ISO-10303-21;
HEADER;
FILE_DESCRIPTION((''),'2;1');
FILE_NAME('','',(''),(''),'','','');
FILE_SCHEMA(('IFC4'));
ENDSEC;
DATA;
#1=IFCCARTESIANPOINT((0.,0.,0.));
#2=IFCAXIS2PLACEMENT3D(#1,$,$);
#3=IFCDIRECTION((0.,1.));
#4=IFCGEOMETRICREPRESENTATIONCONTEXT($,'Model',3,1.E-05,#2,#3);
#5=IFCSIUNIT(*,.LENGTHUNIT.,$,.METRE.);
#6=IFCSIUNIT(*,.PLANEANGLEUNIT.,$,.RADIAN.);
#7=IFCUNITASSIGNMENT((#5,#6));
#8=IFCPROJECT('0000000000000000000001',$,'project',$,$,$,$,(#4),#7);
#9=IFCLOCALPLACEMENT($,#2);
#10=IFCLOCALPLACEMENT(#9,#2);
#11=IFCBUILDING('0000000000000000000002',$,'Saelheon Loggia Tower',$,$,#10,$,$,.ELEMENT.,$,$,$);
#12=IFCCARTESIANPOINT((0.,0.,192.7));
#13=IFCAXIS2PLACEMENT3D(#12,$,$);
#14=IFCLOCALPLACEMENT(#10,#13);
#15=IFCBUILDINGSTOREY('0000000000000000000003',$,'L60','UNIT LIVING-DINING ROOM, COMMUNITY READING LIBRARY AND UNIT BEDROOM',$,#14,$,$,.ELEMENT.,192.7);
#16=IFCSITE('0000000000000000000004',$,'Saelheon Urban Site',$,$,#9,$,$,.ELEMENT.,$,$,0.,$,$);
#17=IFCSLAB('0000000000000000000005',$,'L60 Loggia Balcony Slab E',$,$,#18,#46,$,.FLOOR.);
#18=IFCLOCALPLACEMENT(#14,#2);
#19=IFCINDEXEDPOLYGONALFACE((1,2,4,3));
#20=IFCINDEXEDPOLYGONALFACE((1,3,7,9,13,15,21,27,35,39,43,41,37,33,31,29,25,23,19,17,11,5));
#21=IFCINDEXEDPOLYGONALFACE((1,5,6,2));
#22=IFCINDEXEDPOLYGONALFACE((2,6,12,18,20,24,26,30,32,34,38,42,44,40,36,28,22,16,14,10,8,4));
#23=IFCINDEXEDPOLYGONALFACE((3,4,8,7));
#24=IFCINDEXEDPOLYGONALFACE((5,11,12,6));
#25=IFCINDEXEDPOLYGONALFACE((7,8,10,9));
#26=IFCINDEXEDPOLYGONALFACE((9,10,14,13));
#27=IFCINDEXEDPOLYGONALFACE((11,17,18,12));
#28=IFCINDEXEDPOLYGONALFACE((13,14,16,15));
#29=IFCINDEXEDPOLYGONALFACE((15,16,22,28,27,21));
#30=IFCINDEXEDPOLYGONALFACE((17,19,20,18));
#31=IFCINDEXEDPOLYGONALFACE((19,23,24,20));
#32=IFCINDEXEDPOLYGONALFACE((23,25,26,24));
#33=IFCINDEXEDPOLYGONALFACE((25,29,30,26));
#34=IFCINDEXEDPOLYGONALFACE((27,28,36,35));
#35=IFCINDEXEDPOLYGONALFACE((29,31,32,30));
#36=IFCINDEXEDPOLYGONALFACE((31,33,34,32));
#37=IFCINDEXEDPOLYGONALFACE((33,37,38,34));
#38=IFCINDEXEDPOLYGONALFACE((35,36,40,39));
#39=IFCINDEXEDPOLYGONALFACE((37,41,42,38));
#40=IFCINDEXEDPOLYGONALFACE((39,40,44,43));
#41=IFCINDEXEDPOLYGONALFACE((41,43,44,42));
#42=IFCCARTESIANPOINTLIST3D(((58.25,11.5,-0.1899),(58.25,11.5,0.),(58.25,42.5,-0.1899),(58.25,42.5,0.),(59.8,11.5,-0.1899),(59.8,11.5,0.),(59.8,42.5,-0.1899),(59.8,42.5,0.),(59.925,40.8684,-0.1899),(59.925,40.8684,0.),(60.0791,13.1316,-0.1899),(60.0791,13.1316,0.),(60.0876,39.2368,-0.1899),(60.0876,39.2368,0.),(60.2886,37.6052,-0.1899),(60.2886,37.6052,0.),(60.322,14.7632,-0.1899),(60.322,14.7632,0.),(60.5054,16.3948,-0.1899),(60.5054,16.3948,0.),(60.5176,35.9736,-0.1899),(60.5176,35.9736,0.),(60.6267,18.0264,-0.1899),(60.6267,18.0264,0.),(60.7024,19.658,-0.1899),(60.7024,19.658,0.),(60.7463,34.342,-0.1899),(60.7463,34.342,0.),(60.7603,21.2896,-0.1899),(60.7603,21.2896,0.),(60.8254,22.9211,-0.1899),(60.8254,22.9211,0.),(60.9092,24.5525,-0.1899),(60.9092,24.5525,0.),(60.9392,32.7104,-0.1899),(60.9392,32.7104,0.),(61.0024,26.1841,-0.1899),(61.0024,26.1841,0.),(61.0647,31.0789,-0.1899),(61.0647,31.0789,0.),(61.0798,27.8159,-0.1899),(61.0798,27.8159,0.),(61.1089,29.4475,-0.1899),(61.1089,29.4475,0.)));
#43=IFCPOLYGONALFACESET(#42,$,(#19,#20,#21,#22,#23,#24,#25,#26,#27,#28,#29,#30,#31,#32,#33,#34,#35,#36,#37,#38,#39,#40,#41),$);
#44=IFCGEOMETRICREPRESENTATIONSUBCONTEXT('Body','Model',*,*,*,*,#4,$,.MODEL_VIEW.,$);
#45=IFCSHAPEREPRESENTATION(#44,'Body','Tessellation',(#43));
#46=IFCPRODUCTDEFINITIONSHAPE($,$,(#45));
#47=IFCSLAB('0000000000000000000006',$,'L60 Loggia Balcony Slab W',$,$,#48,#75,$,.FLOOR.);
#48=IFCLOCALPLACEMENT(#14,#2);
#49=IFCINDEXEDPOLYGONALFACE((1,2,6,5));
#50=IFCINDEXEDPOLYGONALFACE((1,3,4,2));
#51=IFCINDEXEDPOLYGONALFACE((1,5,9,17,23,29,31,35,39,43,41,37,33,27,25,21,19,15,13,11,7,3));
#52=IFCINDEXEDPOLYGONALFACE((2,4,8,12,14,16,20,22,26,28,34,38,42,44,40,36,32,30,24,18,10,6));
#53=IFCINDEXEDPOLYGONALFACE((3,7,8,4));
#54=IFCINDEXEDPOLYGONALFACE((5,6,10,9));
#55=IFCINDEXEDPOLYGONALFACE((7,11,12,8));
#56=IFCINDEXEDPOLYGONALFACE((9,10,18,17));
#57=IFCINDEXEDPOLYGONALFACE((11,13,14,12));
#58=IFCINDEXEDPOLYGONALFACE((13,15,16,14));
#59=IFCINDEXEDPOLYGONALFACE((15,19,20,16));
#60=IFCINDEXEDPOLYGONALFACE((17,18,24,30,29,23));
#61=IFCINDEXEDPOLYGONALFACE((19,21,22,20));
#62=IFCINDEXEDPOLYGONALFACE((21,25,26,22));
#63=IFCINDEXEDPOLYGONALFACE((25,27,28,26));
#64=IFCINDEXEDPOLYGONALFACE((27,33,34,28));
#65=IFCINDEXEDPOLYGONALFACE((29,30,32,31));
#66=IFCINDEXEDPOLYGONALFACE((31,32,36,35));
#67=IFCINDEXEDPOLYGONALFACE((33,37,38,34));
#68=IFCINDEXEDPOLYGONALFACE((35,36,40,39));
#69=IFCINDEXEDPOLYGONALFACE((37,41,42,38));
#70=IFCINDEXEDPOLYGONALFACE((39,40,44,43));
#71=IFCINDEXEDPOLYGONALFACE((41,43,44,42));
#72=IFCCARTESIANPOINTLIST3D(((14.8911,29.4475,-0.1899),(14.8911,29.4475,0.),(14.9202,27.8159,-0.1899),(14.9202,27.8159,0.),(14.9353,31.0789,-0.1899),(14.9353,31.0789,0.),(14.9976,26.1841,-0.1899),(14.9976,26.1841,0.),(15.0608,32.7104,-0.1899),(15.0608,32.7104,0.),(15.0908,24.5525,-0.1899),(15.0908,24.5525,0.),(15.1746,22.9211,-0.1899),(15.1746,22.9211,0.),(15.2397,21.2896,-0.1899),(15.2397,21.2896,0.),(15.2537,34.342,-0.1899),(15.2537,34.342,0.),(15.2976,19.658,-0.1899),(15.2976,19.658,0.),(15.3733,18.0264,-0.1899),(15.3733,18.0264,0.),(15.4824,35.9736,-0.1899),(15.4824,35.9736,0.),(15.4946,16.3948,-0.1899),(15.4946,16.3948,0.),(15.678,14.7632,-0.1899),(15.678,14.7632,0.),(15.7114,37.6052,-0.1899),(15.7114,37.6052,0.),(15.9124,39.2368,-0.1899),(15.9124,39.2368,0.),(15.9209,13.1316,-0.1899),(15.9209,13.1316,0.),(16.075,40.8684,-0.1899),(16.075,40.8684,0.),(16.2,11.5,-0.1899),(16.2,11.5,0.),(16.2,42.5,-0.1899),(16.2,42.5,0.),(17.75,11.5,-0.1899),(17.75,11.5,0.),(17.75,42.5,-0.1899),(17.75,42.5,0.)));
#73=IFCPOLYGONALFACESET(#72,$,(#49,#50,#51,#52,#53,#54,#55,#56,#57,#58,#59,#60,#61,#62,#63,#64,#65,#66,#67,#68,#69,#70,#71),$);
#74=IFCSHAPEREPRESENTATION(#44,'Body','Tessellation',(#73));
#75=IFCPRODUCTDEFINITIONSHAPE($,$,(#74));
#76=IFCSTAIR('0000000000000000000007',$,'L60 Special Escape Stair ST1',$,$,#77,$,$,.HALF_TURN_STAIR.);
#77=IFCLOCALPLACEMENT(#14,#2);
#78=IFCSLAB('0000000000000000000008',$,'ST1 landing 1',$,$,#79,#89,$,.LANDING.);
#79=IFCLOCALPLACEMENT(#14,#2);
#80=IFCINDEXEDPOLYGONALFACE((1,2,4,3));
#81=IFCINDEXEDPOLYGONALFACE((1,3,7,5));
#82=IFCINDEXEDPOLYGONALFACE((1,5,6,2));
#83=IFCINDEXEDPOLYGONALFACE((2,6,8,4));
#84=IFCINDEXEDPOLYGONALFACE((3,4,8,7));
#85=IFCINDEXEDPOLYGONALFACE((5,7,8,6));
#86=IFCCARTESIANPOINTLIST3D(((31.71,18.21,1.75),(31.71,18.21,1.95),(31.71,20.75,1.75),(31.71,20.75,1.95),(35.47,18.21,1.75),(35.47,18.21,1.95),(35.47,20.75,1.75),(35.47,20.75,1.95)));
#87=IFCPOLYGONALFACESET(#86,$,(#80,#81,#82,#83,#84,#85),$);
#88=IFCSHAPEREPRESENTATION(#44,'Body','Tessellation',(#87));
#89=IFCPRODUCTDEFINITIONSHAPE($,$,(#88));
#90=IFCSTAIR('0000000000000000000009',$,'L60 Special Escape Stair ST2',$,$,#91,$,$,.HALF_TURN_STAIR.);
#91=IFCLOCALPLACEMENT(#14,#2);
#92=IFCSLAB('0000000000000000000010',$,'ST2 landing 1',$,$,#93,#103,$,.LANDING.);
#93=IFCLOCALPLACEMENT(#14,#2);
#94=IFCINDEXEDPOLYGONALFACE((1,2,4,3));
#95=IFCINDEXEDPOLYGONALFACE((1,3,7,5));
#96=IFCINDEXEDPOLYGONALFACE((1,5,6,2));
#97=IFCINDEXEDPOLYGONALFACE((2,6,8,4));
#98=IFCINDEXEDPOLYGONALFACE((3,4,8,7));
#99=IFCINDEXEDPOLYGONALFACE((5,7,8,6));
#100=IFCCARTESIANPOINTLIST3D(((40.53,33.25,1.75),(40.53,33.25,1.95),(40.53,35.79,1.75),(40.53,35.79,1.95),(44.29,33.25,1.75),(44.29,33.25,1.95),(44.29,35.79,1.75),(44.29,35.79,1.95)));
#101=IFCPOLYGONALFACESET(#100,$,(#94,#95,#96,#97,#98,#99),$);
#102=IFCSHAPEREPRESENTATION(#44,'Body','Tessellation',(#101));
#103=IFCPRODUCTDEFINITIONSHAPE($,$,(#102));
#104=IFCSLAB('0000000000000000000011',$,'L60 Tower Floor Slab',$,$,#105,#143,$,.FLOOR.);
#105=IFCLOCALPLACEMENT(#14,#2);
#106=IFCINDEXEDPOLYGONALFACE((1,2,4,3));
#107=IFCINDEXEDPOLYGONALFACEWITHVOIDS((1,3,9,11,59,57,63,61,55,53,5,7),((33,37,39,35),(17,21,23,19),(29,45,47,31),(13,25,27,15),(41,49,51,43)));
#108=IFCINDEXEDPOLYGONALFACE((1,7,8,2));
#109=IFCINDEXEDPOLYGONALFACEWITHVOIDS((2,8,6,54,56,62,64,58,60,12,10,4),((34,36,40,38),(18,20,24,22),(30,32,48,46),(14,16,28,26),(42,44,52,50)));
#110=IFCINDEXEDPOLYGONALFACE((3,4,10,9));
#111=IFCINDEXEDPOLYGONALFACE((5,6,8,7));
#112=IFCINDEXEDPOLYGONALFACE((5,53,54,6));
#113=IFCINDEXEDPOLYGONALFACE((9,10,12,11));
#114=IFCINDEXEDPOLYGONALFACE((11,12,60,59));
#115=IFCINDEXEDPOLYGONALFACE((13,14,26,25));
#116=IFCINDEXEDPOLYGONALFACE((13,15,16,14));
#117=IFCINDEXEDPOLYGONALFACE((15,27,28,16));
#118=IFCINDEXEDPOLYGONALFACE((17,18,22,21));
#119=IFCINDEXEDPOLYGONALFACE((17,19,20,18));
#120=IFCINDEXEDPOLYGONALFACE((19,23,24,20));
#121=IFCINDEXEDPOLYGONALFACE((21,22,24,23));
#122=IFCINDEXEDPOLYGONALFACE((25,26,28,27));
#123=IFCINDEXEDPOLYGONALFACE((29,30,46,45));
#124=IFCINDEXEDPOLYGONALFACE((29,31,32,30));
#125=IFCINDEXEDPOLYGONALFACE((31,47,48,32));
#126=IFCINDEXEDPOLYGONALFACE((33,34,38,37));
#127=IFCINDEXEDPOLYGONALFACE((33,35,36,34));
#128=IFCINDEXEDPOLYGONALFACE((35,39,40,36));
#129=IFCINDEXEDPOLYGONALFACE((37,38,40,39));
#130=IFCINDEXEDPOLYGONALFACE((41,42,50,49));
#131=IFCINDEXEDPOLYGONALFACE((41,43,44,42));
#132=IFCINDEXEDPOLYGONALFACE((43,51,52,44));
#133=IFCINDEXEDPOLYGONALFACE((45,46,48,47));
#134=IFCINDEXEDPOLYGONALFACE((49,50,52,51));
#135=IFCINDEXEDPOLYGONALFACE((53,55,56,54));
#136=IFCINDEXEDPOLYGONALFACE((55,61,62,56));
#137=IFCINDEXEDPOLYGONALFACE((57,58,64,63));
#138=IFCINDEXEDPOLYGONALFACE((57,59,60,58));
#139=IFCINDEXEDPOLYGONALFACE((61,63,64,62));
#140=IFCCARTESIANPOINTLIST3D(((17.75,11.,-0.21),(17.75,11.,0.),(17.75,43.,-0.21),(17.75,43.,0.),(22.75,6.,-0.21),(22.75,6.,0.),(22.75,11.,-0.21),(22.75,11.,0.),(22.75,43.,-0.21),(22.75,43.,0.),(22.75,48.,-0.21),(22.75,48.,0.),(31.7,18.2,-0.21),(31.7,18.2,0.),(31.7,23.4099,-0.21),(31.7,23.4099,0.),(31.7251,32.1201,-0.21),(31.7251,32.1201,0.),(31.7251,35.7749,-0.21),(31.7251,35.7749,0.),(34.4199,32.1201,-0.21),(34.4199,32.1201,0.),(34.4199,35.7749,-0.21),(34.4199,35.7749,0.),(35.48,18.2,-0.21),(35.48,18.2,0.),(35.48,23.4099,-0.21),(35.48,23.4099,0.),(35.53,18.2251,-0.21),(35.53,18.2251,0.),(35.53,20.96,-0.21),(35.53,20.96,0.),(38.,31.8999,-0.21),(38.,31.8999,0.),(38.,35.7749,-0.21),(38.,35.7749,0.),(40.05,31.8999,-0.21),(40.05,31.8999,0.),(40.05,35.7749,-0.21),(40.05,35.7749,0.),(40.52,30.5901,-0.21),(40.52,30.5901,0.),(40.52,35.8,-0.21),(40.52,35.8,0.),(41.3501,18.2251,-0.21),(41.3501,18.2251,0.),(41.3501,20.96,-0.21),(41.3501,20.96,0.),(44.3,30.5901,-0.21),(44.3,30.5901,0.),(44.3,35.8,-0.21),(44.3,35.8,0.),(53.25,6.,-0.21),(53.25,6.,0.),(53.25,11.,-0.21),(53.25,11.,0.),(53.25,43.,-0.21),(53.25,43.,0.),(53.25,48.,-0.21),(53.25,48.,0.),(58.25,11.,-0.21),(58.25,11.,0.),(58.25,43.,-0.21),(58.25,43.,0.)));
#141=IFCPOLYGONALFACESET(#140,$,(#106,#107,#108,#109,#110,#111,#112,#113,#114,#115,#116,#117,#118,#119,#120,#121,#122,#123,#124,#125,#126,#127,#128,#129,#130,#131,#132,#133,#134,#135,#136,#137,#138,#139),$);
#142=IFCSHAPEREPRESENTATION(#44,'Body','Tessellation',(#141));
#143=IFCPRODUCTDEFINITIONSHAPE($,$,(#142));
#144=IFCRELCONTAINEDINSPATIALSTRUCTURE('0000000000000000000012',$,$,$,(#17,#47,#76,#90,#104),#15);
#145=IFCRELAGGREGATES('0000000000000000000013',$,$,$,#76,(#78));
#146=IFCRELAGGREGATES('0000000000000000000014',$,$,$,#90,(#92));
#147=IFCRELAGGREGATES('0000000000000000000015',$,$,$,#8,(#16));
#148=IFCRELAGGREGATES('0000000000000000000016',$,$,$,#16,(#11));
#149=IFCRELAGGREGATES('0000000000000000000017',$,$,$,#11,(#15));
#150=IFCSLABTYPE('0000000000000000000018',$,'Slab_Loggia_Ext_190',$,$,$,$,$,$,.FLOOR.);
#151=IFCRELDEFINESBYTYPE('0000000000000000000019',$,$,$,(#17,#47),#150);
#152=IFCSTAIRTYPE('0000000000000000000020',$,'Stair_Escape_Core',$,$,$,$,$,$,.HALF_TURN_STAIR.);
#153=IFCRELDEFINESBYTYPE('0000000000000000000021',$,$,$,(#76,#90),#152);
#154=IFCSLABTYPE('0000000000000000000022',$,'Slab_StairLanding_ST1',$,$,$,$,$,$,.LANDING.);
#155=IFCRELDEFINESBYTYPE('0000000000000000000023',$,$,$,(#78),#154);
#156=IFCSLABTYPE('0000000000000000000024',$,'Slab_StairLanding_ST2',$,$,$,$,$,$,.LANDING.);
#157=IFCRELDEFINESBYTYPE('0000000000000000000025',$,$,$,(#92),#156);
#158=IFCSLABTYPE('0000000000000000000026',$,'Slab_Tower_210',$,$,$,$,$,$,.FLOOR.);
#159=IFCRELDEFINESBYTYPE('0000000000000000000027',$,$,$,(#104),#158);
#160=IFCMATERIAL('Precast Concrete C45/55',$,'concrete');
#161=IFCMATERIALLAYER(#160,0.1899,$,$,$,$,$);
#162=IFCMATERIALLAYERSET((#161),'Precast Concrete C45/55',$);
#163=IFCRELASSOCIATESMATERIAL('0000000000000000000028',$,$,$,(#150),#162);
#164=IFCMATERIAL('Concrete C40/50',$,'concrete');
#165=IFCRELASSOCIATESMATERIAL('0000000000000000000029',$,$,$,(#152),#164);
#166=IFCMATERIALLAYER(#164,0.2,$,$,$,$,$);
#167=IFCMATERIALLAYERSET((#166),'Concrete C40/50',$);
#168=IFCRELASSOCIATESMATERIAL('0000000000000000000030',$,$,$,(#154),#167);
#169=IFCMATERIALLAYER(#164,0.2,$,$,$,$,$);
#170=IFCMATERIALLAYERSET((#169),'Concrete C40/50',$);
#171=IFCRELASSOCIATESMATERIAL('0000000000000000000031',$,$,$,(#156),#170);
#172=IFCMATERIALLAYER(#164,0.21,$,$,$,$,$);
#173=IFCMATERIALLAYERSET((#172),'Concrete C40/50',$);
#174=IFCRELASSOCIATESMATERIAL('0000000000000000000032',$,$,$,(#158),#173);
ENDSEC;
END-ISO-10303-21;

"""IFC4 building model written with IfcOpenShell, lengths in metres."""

from ifc_helpers import new_model, si_unit, direction, frame, origin, place, context, subcontext, project, spatial, polyline, outline, extrude, material, layer, layer_set, type_object, element, aggregate, save


model = new_model("IFC4")

# Units and contexts
model_context = context("Model", 3, precision=1e-05, world=origin(), true_north=direction((0.0, 1.0)))
body_context = subcontext(model_context, "Body", "Model", "MODEL_VIEW")
ifc_project = project(units=[si_unit("LENGTHUNIT", "METRE"), si_unit("PLANEANGLEUNIT", "RADIAN")], contexts=[model_context])

# Site, building, storey
site_placement = place(None, origin())
site = spatial("IfcSite", under=ifc_project, at=site_placement, Name="Saelheon Urban Site", CompositionType="ELEMENT", RefElevation=0.0)
building_placement = place(site_placement, origin())
building = spatial("IfcBuilding", under=site, at=building_placement, Name="Saelheon Loggia Tower", CompositionType="ELEMENT")
storey_placement = place(building_placement, frame((0.0, 0.0, 192.7)))
storey = spatial("IfcBuildingStorey", under=building, at=storey_placement, Name="L60", Description="UNIT LIVING-DINING ROOM, COMMUNITY READING LIBRARY AND UNIT BEDROOM", CompositionType="ELEMENT", Elevation=192.7)

# Shared definitions
ifc_material_1 = material(Name="Precast Concrete C45/55", Category="concrete")

# Slabs
ifc_layer_1 = layer(ifc_material_1, 0.1899)
ifc_layer_set_1 = layer_set([ifc_layer_1], Name="Precast Concrete C45/55")
slab_type_1 = type_object("IfcSlabType", Name="Slab_Loggia_Ext_190", PredefinedType="FLOOR", material=ifc_layer_set_1)
slab_1_placement = place(storey_placement, frame((0.0, 0.0, -0.1899)))
element("IfcSlab", 1, at=slab_1_placement, inside=storey, type_object=slab_type_1, Name="L60 Loggia Balcony Slab E", PredefinedType="FLOOR", context=body_context, shape_type="SweptSolid", body=[
    extrude(outline(polyline([(58.25, 11.5), (59.8, 11.5), (60.0791, 13.1316), (60.322, 14.7632), (60.5054, 16.3948), (60.6267, 18.0264), (60.7024, 19.658), (60.7603, 21.2896), (60.8254, 22.9211), (60.9092, 24.5525), (61.0024, 26.1841), (61.0798, 27.8159), (61.1089, 29.4475), (61.0647, 31.0789), (60.9392, 32.7104), (60.7463, 34.342), (60.5176, 35.9736), (60.2886, 37.6052), (60.0876, 39.2368), (59.925, 40.8684), (59.8, 42.5), (58.25, 42.5), (58.25, 11.5)])), origin(), (0.0, 0.0, 1.0), 0.1899),
])
slab_2_placement = place(storey_placement, frame((0.0, 0.0, -0.1899)))
element("IfcSlab", 2, at=slab_2_placement, inside=storey, type_object=slab_type_1, Name="L60 Loggia Balcony Slab W", PredefinedType="FLOOR", context=body_context, shape_type="SweptSolid", body=[
    extrude(outline(polyline([(17.75, 11.5), (17.75, 42.5), (16.2, 42.5), (16.075, 40.8684), (15.9124, 39.2368), (15.7114, 37.6052), (15.4824, 35.9736), (15.2537, 34.342), (15.0608, 32.7104), (14.9353, 31.0789), (14.8911, 29.4475), (14.9202, 27.8159), (14.9976, 26.1841), (15.0908, 24.5525), (15.1746, 22.9211), (15.2397, 21.2896), (15.2976, 19.658), (15.3733, 18.0264), (15.4946, 16.3948), (15.678, 14.7632), (15.9209, 13.1316), (16.2, 11.5), (17.75, 11.5)])), origin(), (0.0, 0.0, 1.0), 0.1899),
])

# Stairs, slabs
ifc_material_2 = material(Name="Concrete C40/50", Category="concrete")
stair_type = type_object("IfcStairType", Name="Stair_Escape_Core", PredefinedType="HALF_TURN_STAIR", material=ifc_material_2)
stair_1_placement = place(storey_placement, origin())
stair_1 = element("IfcStair", 3, at=stair_1_placement, inside=storey, type_object=stair_type, Name="L60 Special Escape Stair ST1", PredefinedType="HALF_TURN_STAIR")
ifc_layer_2 = layer(ifc_material_2, 0.2)
ifc_layer_set_2 = layer_set([ifc_layer_2], Name="Concrete C40/50")
slab_type_2 = type_object("IfcSlabType", Name="Slab_StairLanding_ST1", PredefinedType="LANDING", material=ifc_layer_set_2)
slab_3_placement = place(storey_placement, frame((0.0, 0.0, 1.75)))
slab_3 = element("IfcSlab", 4, at=slab_3_placement, type_object=slab_type_2, Name="ST1 landing 1", PredefinedType="LANDING", context=body_context, shape_type="SweptSolid", body=[
    extrude(outline(polyline([(31.71, 20.75), (31.71, 18.21), (35.47, 18.21), (35.47, 20.75), (31.71, 20.75)])), origin(), (0.0, 0.0, 1.0), 0.2),
])
aggregate(stair_1, [slab_3])
stair_2_placement = place(storey_placement, origin())
stair_2 = element("IfcStair", 5, at=stair_2_placement, inside=storey, type_object=stair_type, Name="L60 Special Escape Stair ST2", PredefinedType="HALF_TURN_STAIR")
ifc_layer_3 = layer(ifc_material_2, 0.2)
ifc_layer_set_3 = layer_set([ifc_layer_3], Name="Concrete C40/50")
slab_type_3 = type_object("IfcSlabType", Name="Slab_StairLanding_ST2", PredefinedType="LANDING", material=ifc_layer_set_3)
slab_4_placement = place(storey_placement, frame((0.0, 0.0, 1.75)))
slab_4 = element("IfcSlab", 6, at=slab_4_placement, type_object=slab_type_3, Name="ST2 landing 1", PredefinedType="LANDING", context=body_context, shape_type="SweptSolid", body=[
    extrude(outline(polyline([(44.29, 33.25), (44.29, 35.79), (40.53, 35.79), (40.53, 33.25), (44.29, 33.25)])), origin(), (0.0, 0.0, 1.0), 0.2),
])
aggregate(stair_2, [slab_4])

# Slab
ifc_layer_4 = layer(ifc_material_2, 0.21)
ifc_layer_set_4 = layer_set([ifc_layer_4], Name="Concrete C40/50")
slab_type_4 = type_object("IfcSlabType", Name="Slab_Tower_210", PredefinedType="FLOOR", material=ifc_layer_set_4)
slab_5_placement = place(storey_placement, frame((0.0, 0.0, -0.21)))
element("IfcSlab", 7, at=slab_5_placement, inside=storey, type_object=slab_type_4, Name="L60 Tower Floor Slab", PredefinedType="FLOOR", context=body_context, shape_type="SweptSolid", body=[
    extrude(outline(polyline([(22.75, 6.0), (53.25, 6.0), (53.25, 11.0), (58.25, 11.0), (58.25, 43.0), (53.25, 43.0), (53.25, 48.0), (22.75, 48.0), (22.75, 43.0), (17.75, 43.0), (17.75, 11.0), (22.75, 11.0), (22.75, 6.0)]), holes=[polyline([(31.7, 23.4099), (31.7, 18.2), (35.48, 18.2), (35.48, 23.4099), (31.7, 23.4099)]), polyline([(44.3, 30.5901), (44.3, 35.8), (40.52, 35.8), (40.52, 30.5901), (44.3, 30.5901)]), polyline([(35.53, 18.2251), (41.3501, 18.2251), (41.3501, 20.96), (35.53, 20.96), (35.53, 18.2251)]), polyline([(31.7251, 32.1201), (34.4199, 32.1201), (34.4199, 35.7749), (31.7251, 35.7749), (31.7251, 32.1201)]), polyline([(38.0, 31.8999), (40.05, 31.8999), (40.05, 35.7749), (38.0, 35.7749), (38.0, 31.8999)])]), origin(), (0.0, 0.0, 1.0), 0.21),
])

save(model, "model.ifc")
